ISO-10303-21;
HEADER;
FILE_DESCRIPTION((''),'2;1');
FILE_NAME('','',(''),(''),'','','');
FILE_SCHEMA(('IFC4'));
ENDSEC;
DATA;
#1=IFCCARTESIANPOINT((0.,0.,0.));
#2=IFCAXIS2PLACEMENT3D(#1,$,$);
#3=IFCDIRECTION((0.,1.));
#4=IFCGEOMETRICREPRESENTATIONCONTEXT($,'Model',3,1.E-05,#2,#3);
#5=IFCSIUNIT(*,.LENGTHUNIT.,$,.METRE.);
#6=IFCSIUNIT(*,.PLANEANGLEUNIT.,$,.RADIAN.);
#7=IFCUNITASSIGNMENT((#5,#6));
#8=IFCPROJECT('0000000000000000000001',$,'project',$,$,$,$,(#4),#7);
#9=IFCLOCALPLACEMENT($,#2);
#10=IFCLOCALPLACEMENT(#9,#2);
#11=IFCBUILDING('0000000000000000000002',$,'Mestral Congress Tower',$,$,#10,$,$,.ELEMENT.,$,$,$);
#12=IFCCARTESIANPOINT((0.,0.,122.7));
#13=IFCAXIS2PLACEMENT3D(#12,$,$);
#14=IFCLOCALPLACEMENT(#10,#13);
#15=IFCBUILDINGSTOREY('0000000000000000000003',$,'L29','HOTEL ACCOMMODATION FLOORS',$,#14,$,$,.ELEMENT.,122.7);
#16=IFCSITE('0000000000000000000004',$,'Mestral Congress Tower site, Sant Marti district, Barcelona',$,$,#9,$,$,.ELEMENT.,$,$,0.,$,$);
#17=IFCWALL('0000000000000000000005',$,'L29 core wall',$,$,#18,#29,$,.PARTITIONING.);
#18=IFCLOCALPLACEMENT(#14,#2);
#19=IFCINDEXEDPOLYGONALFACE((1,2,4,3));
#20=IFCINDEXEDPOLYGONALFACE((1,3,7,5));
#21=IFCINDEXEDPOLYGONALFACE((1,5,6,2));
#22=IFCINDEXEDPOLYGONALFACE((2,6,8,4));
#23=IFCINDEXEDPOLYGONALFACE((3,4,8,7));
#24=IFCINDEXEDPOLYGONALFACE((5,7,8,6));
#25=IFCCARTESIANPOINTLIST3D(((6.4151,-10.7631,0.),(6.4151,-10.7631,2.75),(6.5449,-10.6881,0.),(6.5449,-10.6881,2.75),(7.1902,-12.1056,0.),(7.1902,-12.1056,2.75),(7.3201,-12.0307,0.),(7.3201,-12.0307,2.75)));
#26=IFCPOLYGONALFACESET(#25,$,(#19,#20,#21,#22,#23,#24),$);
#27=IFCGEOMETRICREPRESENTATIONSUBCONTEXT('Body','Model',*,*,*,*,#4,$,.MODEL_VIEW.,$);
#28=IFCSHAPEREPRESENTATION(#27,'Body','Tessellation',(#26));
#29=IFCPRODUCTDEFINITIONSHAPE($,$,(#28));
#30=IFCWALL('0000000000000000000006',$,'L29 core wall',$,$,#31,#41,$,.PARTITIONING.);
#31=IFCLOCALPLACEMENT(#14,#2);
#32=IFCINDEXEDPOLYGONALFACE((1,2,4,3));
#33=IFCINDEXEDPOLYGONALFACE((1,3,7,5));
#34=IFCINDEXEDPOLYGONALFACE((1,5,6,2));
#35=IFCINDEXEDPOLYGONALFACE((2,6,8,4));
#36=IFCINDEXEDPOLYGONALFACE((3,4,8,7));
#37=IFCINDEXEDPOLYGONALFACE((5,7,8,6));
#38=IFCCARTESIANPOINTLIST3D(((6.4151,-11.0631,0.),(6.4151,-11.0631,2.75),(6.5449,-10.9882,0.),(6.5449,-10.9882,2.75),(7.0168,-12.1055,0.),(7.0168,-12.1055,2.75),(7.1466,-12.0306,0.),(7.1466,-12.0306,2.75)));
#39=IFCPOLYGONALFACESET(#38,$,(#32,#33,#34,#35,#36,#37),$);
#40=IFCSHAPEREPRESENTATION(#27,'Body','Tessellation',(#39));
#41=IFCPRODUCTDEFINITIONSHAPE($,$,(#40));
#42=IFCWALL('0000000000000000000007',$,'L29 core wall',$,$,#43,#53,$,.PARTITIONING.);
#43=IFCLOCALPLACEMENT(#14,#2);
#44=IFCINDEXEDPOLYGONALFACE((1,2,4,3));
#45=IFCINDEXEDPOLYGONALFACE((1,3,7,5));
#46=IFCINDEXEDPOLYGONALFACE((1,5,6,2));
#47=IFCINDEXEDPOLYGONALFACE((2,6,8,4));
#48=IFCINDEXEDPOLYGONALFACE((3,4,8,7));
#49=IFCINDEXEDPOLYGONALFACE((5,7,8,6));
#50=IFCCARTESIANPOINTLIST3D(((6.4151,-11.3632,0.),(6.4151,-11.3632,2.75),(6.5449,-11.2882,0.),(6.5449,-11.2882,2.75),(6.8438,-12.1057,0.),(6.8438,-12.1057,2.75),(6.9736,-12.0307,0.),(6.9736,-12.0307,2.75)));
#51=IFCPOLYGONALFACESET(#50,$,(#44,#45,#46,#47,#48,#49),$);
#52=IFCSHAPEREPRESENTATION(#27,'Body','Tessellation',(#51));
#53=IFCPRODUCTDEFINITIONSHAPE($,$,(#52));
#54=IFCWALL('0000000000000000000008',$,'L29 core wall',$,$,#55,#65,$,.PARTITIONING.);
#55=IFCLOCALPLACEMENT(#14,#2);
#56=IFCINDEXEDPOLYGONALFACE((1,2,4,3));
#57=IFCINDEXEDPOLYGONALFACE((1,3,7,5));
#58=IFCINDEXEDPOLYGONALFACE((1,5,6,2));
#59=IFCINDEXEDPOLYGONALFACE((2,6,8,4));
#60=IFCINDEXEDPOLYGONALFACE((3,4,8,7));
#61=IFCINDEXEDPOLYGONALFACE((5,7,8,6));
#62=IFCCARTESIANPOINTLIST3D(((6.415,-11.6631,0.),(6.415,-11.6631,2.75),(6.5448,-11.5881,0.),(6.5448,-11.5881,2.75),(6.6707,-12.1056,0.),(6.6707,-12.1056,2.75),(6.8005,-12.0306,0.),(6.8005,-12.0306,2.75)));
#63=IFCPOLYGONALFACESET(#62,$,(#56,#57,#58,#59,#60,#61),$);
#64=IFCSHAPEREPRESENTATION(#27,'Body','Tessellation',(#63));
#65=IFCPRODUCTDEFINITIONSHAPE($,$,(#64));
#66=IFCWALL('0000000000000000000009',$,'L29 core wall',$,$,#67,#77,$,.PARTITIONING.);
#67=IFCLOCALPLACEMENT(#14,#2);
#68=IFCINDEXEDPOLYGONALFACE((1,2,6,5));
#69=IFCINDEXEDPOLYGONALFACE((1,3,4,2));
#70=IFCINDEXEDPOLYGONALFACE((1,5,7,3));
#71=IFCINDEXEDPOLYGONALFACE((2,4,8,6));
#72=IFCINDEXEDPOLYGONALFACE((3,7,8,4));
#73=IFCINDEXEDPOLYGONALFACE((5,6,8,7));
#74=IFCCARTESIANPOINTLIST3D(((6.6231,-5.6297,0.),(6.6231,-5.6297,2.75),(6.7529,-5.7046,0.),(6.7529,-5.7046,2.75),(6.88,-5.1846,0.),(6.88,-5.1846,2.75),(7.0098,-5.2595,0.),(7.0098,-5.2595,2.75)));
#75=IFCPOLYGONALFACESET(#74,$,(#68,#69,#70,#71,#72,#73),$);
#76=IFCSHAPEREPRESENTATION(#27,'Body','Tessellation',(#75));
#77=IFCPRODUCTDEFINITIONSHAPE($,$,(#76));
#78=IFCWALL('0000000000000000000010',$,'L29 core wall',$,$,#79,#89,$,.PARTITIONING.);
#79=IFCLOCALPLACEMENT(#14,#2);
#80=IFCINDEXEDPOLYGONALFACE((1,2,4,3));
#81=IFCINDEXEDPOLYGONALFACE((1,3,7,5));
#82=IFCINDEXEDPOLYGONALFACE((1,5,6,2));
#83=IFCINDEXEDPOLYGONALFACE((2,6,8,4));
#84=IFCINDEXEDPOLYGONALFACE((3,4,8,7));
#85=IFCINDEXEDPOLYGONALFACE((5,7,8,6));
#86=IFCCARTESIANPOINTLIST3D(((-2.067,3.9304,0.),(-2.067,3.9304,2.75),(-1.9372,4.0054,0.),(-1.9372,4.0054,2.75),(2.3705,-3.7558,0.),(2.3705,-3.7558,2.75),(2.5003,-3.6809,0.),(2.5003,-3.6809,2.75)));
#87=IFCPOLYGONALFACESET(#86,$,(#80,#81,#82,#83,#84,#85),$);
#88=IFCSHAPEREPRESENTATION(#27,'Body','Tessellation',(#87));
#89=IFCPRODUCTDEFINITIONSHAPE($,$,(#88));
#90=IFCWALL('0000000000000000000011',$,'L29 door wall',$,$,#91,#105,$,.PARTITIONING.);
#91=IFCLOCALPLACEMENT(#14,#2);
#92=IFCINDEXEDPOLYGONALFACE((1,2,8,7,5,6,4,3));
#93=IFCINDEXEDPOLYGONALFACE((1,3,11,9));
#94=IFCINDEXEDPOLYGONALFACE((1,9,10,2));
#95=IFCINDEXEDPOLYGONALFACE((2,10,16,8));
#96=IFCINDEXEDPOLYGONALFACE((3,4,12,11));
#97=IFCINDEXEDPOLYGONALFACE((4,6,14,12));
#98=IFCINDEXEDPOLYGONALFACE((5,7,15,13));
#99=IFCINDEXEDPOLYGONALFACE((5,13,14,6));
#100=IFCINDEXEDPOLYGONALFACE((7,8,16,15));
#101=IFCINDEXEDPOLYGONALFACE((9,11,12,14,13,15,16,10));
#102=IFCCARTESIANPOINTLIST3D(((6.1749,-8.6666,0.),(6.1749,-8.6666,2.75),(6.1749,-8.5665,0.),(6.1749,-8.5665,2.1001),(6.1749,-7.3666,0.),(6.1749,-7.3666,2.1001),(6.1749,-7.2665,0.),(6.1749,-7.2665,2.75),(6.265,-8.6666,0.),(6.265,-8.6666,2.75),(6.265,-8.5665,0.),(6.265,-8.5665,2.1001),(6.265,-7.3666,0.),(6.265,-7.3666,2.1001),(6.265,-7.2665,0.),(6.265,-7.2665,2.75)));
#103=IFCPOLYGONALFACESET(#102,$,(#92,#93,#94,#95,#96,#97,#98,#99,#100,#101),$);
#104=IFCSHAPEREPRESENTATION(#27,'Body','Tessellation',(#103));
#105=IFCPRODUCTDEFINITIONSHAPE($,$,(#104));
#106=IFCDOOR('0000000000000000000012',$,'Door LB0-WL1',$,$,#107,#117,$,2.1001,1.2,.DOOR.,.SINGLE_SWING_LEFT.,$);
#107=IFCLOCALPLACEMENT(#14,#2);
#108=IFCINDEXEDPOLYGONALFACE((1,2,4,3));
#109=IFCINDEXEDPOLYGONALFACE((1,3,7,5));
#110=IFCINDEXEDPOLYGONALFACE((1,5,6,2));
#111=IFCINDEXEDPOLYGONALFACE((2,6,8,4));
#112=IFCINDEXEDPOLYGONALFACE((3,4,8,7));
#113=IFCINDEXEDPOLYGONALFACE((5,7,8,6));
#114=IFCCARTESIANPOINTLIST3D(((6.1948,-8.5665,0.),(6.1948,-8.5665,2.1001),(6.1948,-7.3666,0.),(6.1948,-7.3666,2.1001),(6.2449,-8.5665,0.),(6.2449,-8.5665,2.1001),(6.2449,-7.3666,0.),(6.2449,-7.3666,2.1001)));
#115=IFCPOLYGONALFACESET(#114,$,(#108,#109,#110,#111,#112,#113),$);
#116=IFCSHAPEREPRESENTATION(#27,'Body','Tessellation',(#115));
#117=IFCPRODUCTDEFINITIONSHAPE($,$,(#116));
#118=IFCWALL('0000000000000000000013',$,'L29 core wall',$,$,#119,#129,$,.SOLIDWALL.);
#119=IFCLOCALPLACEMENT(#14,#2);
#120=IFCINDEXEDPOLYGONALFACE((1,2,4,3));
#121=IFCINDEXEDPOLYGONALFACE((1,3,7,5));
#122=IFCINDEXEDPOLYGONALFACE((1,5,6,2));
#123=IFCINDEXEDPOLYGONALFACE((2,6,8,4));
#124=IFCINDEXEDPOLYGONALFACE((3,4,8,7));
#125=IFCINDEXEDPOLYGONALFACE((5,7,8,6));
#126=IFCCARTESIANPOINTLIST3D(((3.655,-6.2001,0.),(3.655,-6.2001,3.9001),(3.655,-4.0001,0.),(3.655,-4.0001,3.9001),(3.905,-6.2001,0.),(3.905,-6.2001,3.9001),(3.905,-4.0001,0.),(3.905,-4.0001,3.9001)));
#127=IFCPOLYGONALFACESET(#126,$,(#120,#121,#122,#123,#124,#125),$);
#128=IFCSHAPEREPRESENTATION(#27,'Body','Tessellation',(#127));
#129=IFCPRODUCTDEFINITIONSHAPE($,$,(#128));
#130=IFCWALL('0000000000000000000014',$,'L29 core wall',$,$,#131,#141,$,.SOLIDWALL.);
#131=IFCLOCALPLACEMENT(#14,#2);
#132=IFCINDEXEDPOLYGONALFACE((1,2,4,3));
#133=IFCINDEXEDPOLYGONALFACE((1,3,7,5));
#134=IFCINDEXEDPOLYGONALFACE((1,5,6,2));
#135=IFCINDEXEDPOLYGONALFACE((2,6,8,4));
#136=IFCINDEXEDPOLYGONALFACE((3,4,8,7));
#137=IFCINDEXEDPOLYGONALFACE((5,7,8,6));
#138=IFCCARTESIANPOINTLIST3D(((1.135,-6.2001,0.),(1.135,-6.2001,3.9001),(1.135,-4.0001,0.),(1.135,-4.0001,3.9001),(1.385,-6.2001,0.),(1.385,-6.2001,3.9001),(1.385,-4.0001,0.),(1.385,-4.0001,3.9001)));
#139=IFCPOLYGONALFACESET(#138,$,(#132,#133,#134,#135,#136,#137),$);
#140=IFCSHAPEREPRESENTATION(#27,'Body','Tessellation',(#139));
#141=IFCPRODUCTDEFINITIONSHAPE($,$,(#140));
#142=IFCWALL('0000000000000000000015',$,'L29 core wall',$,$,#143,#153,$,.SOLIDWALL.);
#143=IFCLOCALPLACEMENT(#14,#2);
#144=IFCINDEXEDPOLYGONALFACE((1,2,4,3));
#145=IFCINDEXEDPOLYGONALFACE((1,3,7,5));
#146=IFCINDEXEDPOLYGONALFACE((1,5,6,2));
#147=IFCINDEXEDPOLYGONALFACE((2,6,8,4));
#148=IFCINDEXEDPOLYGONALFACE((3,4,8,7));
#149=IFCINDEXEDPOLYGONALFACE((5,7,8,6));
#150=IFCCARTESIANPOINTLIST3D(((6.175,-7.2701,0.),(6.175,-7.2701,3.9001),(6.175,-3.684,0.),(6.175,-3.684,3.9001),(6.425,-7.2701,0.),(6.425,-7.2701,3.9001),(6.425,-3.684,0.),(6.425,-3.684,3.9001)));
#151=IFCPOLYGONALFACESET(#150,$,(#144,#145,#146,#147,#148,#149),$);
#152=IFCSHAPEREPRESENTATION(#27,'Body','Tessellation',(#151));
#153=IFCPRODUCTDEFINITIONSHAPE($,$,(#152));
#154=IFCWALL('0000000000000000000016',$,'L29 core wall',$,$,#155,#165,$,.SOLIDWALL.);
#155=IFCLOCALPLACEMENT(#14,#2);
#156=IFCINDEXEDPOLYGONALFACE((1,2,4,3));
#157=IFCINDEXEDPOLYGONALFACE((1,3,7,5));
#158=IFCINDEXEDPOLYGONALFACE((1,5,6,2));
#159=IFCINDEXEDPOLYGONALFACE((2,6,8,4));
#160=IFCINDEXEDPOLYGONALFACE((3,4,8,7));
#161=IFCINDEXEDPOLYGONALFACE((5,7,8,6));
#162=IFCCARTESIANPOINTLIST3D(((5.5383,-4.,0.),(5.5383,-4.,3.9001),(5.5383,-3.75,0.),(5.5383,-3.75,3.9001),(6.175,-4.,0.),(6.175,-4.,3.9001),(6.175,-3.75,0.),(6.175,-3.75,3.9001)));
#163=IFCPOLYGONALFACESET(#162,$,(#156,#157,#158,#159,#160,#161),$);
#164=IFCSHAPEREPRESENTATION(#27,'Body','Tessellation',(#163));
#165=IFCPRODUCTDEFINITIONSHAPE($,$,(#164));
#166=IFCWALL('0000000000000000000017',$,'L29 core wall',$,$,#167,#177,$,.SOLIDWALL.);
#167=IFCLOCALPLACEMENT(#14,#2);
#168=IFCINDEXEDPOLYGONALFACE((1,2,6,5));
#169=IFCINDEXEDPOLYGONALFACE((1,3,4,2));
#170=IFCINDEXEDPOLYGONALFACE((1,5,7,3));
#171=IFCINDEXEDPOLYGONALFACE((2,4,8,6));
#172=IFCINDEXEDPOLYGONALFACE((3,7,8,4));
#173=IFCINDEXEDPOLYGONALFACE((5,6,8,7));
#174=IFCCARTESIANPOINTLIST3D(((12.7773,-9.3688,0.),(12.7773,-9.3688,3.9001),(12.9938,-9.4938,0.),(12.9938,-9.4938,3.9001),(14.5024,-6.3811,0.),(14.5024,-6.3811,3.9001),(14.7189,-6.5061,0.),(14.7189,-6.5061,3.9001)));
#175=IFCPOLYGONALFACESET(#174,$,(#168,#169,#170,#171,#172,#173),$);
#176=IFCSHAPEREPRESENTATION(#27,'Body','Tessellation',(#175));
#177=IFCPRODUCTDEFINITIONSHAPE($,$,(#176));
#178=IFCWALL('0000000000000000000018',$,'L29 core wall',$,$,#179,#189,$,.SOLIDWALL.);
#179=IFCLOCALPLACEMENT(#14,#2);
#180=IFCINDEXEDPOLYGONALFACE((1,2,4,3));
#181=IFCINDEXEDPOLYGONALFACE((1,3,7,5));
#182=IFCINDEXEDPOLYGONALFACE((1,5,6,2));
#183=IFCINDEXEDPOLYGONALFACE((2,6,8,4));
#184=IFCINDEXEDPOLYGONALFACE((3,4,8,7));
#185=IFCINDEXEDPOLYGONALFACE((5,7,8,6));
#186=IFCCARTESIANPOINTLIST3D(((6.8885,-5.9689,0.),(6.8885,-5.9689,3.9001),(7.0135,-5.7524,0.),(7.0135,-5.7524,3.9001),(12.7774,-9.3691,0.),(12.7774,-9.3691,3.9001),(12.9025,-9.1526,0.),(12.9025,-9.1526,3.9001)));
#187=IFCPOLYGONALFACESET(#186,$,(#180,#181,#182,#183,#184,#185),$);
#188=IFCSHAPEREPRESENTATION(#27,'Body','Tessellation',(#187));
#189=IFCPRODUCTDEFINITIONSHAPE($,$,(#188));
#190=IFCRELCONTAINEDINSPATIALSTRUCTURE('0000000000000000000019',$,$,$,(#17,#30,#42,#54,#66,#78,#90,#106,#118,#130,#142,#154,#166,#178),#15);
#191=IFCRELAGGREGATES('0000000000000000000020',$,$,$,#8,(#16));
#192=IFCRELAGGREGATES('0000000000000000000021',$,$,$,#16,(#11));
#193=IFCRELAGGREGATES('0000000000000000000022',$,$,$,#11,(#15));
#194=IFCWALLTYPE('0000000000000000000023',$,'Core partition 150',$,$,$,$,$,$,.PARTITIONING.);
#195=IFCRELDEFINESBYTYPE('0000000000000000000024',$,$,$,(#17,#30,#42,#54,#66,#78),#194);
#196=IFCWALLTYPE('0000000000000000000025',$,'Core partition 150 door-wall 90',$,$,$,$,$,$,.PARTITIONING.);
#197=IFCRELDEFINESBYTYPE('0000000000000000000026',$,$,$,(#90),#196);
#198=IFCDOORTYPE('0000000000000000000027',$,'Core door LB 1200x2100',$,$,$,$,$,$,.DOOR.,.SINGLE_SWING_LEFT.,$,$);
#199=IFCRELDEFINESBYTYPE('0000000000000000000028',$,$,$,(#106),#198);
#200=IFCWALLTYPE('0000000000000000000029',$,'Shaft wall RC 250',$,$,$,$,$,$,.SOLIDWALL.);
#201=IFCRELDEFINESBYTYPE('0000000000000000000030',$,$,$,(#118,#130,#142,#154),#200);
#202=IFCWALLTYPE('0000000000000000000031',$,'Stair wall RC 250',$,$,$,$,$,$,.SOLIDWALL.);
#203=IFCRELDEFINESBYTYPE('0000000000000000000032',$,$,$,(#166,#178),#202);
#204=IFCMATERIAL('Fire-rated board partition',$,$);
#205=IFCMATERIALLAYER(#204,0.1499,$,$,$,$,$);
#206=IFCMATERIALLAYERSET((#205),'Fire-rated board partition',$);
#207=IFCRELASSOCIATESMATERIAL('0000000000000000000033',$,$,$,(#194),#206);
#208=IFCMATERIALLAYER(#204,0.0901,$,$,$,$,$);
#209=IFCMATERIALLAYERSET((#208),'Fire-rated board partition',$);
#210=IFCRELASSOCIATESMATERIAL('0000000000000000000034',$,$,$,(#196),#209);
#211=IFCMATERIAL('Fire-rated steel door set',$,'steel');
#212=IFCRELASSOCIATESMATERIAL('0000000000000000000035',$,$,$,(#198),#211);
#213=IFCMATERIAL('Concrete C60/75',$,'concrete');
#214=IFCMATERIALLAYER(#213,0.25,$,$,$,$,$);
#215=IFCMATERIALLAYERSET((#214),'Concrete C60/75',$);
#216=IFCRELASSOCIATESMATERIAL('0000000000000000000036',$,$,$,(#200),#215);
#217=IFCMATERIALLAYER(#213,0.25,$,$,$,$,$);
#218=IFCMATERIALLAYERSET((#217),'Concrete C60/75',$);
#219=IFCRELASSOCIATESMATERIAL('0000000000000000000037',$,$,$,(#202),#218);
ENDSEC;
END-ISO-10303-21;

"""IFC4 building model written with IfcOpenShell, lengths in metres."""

from ifc_helpers import new_model, si_unit, direction, frame, frame_2d, origin, place, context, subcontext, project, spatial, rectangle, extrude, material, layer, layer_set, type_object, element, fill, save


model = new_model("IFC4")

# Units and contexts
model_context = context("Model", 3, precision=1e-05, world=origin(), true_north=direction((0.0, 1.0)))
body_context = subcontext(model_context, "Body", "Model", "MODEL_VIEW")
ifc_project = project(units=[si_unit("LENGTHUNIT", "METRE"), si_unit("PLANEANGLEUNIT", "RADIAN")], contexts=[model_context])

# Site, building, storey
site_placement = place(None, origin())
site = spatial("IfcSite", under=ifc_project, at=site_placement, Name="Mestral Congress Tower site, Sant Marti district, Barcelona", CompositionType="ELEMENT", RefElevation=0.0)
building_placement = place(site_placement, origin())
building = spatial("IfcBuilding", under=site, at=building_placement, Name="Mestral Congress Tower", CompositionType="ELEMENT")
storey_placement = place(building_placement, frame((0.0, 0.0, 122.7)))
storey = spatial("IfcBuildingStorey", under=building, at=storey_placement, Name="L29", Description="HOTEL ACCOMMODATION FLOORS", CompositionType="ELEMENT", Elevation=122.7)

# Walls
ifc_material_1 = material(Name="Fire-rated board partition")
ifc_layer_1 = layer(ifc_material_1, 0.1499)
ifc_layer_set_1 = layer_set([ifc_layer_1], Name="Fire-rated board partition")
wall_type_1 = type_object("IfcWallType", Name="Core partition 150", PredefinedType="PARTITIONING", material=ifc_layer_set_1)
wall_1_placement = place(storey_placement, frame((6.48, -10.7256, 0.0), z_axis=(0.0, 0.0, 1.0), x_axis=(0.500018, -0.866015, 0.0)))
element("IfcWall", 1, at=wall_1_placement, inside=storey, type_object=wall_type_1, Name="L29 core wall", PredefinedType="PARTITIONING", context=body_context, shape_type="SweptSolid", body=[
    extrude(rectangle(XDim=1.5503, YDim=0.1499, at=frame_2d((0.7751, 0.0))), origin(), (0.0, 0.0, 1.0), 2.75),
])
wall_2_placement = place(storey_placement, frame((6.48, -11.0256, 0.0), z_axis=(0.0, 0.0, 1.0), x_axis=(0.499957, -0.86605, 0.0)))
element("IfcWall", 2, at=wall_2_placement, inside=storey, type_object=wall_type_1, Name="L29 core wall", PredefinedType="PARTITIONING", context=body_context, shape_type="SweptSolid", body=[
    extrude(rectangle(XDim=1.2036, YDim=0.1499, at=frame_2d((0.6018, 0.0))), origin(), (0.0, 0.0, 1.0), 2.75),
])
wall_3_placement = place(storey_placement, frame((6.48, -11.3257, 0.0), z_axis=(0.0, 0.0, 1.0), x_axis=(0.500059, -0.865991, 0.0)))
element("IfcWall", 3, at=wall_3_placement, inside=storey, type_object=wall_type_1, Name="L29 core wall", PredefinedType="PARTITIONING", context=body_context, shape_type="SweptSolid", body=[
    extrude(rectangle(XDim=0.8574, YDim=0.1499, at=frame_2d((0.4287, 0.0))), origin(), (0.0, 0.0, 1.0), 2.75),
])
wall_4_placement = place(storey_placement, frame((6.48, -11.6257, 0.0), z_axis=(0.0, 0.0, 1.0), x_axis=(0.500301, -0.865851, 0.0)))
element("IfcWall", 4, at=wall_4_placement, inside=storey, type_object=wall_type_1, Name="L29 core wall", PredefinedType="PARTITIONING", context=body_context, shape_type="SweptSolid", body=[
    extrude(rectangle(XDim=0.511, YDim=0.1499, at=frame_2d((0.2554, 0.0))), origin(), (0.0, 0.0, 1.0), 2.75),
])
wall_5_placement = place(storey_placement, frame((6.9448, -5.2222, 0.0), z_axis=(0.0, 0.0, 1.0), x_axis=(-0.499818, -0.86613, 0.0)))
element("IfcWall", 5, at=wall_5_placement, inside=storey, type_object=wall_type_1, Name="L29 core wall", PredefinedType="PARTITIONING", context=body_context, shape_type="SweptSolid", body=[
    extrude(rectangle(XDim=0.5139, YDim=0.1499, at=frame_2d((0.2568, 0.0))), origin(), (0.0, 0.0, 1.0), 2.75),
])
wall_6_placement = place(storey_placement, frame((2.4353, -3.7183, 0.0), z_axis=(0.0, 0.0, 1.0), x_axis=(-0.499985, 0.866034, 0.0)))
element("IfcWall", 6, at=wall_6_placement, inside=storey, type_object=wall_type_1, Name="L29 core wall", PredefinedType="PARTITIONING", context=body_context, shape_type="SweptSolid", body=[
    extrude(rectangle(XDim=8.8752, YDim=0.1499, at=frame_2d((4.4375, 0.0))), origin(), (0.0, 0.0, 1.0), 2.75),
])

# Wall, opening, door
ifc_layer_2 = layer(ifc_material_1, 0.0901)
ifc_layer_set_2 = layer_set([ifc_layer_2], Name="Fire-rated board partition")
wall_type_2 = type_object("IfcWallType", Name="Core partition 150 door-wall 90", PredefinedType="PARTITIONING", material=ifc_layer_set_2)
wall_7_placement = place(storey_placement, frame((6.22, -7.2664, 0.0), z_axis=(0.0, 0.0, 1.0), x_axis=(0.0, -1.0, 0.0)))
wall_7 = element("IfcWall", 7, at=wall_7_placement, inside=storey, type_object=wall_type_2, Name="L29 door wall", PredefinedType="PARTITIONING", context=body_context, shape_type="SweptSolid", body=[
    extrude(rectangle(XDim=1.4001, YDim=0.0901, at=frame_2d((0.7002, 0.0))), origin(), (0.0, 0.0, 1.0), 2.75),
])
opening_1_placement = place(wall_7_placement, frame((0.1001, 0.0, 0.0)))
opening_1 = element("IfcOpeningElement", 8, at=opening_1_placement, cuts=wall_7, PredefinedType="OPENING", context=body_context, shape_type="SweptSolid", body=[
    extrude(rectangle(XDim=1.2, YDim=2.1001, at=frame_2d((0.6001, 1.05))), frame((0.0, 0.0549, 0.0), z_axis=(0.0, -1.0, 0.0), x_axis=(1.0, 0.0, 0.0)), (0.0, 0.0, 1.0), 0.1101),
])
ifc_material_2 = material(Name="Fire-rated steel door set", Category="steel")
door_type_1 = type_object("IfcDoorType", Name="Core door LB 1200x2100", OperationType="SINGLE_SWING_LEFT", PredefinedType="DOOR", material=ifc_material_2)
door_1_placement = place(opening_1_placement, origin())
door_1 = element("IfcDoor", 9, at=door_1_placement, inside=storey, type_object=door_type_1, Name="Door LB0-WL1", OperationType="SINGLE_SWING_LEFT", OverallHeight=2.1001, OverallWidth=1.2, PredefinedType="DOOR", context=body_context, shape_type="SweptSolid", body=[
    extrude(rectangle(XDim=1.2, YDim=2.1001, at=frame_2d((0.6001, 1.05))), frame((0.0, 0.0249, 0.0), z_axis=(0.0, -1.0, 0.0), x_axis=(1.0, 0.0, 0.0)), (0.0, 0.0, 1.0), 0.05),
])
fill(opening_1, door_1)

# Walls
ifc_material_3 = material(Name="Concrete C60/75", Category="concrete")
ifc_layer_3 = layer(ifc_material_3, 0.25)
ifc_layer_set_3 = layer_set([ifc_layer_3], Name="Concrete C60/75")
wall_type_3 = type_object("IfcWallType", Name="Shaft wall RC 250", PredefinedType="SOLIDWALL", material=ifc_layer_set_3)
for number, where, z_axis, x_axis, name in (
    (10, (3.78, -4.0, 0.0), (0.0, 0.0, 1.0), (0.0, -1.0, 0.0), "L29 core wall"),
    (11, (1.26, -4.0, 0.0), (0.0, 0.0, 1.0), (0.0, -1.0, 0.0), "L29 core wall"),
):
    element("IfcWall", number, at=place(storey_placement, frame(where, z_axis=z_axis, x_axis=x_axis)), inside=storey, type_object=wall_type_3, Name=name, PredefinedType="SOLIDWALL", context=body_context, shape_type="SweptSolid", body=[
        extrude(rectangle(XDim=2.2, YDim=0.25, at=frame_2d((1.1001, 0.0))), origin(), (0.0, 0.0, 1.0), 3.9001),
    ])
wall_8_placement = place(storey_placement, frame((6.3, -7.27, 0.0), z_axis=(0.0, 0.0, 1.0), x_axis=(0.0, 1.0, 0.0)))
element("IfcWall", 12, at=wall_8_placement, inside=storey, type_object=wall_type_3, Name="L29 core wall", PredefinedType="SOLIDWALL", context=body_context, shape_type="SweptSolid", body=[
    extrude(rectangle(XDim=3.5862, YDim=0.25, at=frame_2d((1.793, 0.0))), origin(), (0.0, 0.0, 1.0), 3.9001),
])
wall_9_placement = place(storey_placement, frame((5.5383, -3.875, 0.0), z_axis=(0.0, 0.0, 1.0), x_axis=(1.0, 0.0, 0.0)))
element("IfcWall", 13, at=wall_9_placement, inside=storey, type_object=wall_type_3, Name="L29 core wall", PredefinedType="SOLIDWALL", context=body_context, shape_type="SweptSolid", body=[
    extrude(rectangle(XDim=0.6367, YDim=0.25, at=frame_2d((0.3184, 0.0))), origin(), (0.0, 0.0, 1.0), 3.9001),
])
ifc_layer_4 = layer(ifc_material_3, 0.25)
ifc_layer_set_4 = layer_set([ifc_layer_4], Name="Concrete C60/75")
wall_type_4 = type_object("IfcWallType", Name="Stair wall RC 250", PredefinedType="SOLIDWALL", material=ifc_layer_set_4)
wall_10_placement = place(storey_placement, frame((12.8855, -9.4314, 0.0), z_axis=(0.0, 0.0, 1.0), x_axis=(0.500021, 0.866014, 0.0)))
element("IfcWall", 14, at=wall_10_placement, inside=storey, type_object=wall_type_4, Name="L29 core wall", PredefinedType="SOLIDWALL", context=body_context, shape_type="SweptSolid", body=[
    extrude(rectangle(XDim=3.45, YDim=0.25, at=frame_2d((1.7251, 0.0))), origin(), (0.0, 0.0, 1.0), 3.9001),
])
wall_11_placement = place(storey_placement, frame((12.8398, -9.2607, 0.0), z_axis=(0.0, 0.0, 1.0), x_axis=(-0.866014, 0.50002, 0.0)))
element("IfcWall", 15, at=wall_11_placement, inside=storey, type_object=wall_type_4, Name="L29 core wall", PredefinedType="SOLIDWALL", context=body_context, shape_type="SweptSolid", body=[
    extrude(rectangle(XDim=6.8, YDim=0.25, at=frame_2d((3.3999, 0.0))), origin(), (0.0, 0.0, 1.0), 3.9001),
])

save(model, "model.ifc")
